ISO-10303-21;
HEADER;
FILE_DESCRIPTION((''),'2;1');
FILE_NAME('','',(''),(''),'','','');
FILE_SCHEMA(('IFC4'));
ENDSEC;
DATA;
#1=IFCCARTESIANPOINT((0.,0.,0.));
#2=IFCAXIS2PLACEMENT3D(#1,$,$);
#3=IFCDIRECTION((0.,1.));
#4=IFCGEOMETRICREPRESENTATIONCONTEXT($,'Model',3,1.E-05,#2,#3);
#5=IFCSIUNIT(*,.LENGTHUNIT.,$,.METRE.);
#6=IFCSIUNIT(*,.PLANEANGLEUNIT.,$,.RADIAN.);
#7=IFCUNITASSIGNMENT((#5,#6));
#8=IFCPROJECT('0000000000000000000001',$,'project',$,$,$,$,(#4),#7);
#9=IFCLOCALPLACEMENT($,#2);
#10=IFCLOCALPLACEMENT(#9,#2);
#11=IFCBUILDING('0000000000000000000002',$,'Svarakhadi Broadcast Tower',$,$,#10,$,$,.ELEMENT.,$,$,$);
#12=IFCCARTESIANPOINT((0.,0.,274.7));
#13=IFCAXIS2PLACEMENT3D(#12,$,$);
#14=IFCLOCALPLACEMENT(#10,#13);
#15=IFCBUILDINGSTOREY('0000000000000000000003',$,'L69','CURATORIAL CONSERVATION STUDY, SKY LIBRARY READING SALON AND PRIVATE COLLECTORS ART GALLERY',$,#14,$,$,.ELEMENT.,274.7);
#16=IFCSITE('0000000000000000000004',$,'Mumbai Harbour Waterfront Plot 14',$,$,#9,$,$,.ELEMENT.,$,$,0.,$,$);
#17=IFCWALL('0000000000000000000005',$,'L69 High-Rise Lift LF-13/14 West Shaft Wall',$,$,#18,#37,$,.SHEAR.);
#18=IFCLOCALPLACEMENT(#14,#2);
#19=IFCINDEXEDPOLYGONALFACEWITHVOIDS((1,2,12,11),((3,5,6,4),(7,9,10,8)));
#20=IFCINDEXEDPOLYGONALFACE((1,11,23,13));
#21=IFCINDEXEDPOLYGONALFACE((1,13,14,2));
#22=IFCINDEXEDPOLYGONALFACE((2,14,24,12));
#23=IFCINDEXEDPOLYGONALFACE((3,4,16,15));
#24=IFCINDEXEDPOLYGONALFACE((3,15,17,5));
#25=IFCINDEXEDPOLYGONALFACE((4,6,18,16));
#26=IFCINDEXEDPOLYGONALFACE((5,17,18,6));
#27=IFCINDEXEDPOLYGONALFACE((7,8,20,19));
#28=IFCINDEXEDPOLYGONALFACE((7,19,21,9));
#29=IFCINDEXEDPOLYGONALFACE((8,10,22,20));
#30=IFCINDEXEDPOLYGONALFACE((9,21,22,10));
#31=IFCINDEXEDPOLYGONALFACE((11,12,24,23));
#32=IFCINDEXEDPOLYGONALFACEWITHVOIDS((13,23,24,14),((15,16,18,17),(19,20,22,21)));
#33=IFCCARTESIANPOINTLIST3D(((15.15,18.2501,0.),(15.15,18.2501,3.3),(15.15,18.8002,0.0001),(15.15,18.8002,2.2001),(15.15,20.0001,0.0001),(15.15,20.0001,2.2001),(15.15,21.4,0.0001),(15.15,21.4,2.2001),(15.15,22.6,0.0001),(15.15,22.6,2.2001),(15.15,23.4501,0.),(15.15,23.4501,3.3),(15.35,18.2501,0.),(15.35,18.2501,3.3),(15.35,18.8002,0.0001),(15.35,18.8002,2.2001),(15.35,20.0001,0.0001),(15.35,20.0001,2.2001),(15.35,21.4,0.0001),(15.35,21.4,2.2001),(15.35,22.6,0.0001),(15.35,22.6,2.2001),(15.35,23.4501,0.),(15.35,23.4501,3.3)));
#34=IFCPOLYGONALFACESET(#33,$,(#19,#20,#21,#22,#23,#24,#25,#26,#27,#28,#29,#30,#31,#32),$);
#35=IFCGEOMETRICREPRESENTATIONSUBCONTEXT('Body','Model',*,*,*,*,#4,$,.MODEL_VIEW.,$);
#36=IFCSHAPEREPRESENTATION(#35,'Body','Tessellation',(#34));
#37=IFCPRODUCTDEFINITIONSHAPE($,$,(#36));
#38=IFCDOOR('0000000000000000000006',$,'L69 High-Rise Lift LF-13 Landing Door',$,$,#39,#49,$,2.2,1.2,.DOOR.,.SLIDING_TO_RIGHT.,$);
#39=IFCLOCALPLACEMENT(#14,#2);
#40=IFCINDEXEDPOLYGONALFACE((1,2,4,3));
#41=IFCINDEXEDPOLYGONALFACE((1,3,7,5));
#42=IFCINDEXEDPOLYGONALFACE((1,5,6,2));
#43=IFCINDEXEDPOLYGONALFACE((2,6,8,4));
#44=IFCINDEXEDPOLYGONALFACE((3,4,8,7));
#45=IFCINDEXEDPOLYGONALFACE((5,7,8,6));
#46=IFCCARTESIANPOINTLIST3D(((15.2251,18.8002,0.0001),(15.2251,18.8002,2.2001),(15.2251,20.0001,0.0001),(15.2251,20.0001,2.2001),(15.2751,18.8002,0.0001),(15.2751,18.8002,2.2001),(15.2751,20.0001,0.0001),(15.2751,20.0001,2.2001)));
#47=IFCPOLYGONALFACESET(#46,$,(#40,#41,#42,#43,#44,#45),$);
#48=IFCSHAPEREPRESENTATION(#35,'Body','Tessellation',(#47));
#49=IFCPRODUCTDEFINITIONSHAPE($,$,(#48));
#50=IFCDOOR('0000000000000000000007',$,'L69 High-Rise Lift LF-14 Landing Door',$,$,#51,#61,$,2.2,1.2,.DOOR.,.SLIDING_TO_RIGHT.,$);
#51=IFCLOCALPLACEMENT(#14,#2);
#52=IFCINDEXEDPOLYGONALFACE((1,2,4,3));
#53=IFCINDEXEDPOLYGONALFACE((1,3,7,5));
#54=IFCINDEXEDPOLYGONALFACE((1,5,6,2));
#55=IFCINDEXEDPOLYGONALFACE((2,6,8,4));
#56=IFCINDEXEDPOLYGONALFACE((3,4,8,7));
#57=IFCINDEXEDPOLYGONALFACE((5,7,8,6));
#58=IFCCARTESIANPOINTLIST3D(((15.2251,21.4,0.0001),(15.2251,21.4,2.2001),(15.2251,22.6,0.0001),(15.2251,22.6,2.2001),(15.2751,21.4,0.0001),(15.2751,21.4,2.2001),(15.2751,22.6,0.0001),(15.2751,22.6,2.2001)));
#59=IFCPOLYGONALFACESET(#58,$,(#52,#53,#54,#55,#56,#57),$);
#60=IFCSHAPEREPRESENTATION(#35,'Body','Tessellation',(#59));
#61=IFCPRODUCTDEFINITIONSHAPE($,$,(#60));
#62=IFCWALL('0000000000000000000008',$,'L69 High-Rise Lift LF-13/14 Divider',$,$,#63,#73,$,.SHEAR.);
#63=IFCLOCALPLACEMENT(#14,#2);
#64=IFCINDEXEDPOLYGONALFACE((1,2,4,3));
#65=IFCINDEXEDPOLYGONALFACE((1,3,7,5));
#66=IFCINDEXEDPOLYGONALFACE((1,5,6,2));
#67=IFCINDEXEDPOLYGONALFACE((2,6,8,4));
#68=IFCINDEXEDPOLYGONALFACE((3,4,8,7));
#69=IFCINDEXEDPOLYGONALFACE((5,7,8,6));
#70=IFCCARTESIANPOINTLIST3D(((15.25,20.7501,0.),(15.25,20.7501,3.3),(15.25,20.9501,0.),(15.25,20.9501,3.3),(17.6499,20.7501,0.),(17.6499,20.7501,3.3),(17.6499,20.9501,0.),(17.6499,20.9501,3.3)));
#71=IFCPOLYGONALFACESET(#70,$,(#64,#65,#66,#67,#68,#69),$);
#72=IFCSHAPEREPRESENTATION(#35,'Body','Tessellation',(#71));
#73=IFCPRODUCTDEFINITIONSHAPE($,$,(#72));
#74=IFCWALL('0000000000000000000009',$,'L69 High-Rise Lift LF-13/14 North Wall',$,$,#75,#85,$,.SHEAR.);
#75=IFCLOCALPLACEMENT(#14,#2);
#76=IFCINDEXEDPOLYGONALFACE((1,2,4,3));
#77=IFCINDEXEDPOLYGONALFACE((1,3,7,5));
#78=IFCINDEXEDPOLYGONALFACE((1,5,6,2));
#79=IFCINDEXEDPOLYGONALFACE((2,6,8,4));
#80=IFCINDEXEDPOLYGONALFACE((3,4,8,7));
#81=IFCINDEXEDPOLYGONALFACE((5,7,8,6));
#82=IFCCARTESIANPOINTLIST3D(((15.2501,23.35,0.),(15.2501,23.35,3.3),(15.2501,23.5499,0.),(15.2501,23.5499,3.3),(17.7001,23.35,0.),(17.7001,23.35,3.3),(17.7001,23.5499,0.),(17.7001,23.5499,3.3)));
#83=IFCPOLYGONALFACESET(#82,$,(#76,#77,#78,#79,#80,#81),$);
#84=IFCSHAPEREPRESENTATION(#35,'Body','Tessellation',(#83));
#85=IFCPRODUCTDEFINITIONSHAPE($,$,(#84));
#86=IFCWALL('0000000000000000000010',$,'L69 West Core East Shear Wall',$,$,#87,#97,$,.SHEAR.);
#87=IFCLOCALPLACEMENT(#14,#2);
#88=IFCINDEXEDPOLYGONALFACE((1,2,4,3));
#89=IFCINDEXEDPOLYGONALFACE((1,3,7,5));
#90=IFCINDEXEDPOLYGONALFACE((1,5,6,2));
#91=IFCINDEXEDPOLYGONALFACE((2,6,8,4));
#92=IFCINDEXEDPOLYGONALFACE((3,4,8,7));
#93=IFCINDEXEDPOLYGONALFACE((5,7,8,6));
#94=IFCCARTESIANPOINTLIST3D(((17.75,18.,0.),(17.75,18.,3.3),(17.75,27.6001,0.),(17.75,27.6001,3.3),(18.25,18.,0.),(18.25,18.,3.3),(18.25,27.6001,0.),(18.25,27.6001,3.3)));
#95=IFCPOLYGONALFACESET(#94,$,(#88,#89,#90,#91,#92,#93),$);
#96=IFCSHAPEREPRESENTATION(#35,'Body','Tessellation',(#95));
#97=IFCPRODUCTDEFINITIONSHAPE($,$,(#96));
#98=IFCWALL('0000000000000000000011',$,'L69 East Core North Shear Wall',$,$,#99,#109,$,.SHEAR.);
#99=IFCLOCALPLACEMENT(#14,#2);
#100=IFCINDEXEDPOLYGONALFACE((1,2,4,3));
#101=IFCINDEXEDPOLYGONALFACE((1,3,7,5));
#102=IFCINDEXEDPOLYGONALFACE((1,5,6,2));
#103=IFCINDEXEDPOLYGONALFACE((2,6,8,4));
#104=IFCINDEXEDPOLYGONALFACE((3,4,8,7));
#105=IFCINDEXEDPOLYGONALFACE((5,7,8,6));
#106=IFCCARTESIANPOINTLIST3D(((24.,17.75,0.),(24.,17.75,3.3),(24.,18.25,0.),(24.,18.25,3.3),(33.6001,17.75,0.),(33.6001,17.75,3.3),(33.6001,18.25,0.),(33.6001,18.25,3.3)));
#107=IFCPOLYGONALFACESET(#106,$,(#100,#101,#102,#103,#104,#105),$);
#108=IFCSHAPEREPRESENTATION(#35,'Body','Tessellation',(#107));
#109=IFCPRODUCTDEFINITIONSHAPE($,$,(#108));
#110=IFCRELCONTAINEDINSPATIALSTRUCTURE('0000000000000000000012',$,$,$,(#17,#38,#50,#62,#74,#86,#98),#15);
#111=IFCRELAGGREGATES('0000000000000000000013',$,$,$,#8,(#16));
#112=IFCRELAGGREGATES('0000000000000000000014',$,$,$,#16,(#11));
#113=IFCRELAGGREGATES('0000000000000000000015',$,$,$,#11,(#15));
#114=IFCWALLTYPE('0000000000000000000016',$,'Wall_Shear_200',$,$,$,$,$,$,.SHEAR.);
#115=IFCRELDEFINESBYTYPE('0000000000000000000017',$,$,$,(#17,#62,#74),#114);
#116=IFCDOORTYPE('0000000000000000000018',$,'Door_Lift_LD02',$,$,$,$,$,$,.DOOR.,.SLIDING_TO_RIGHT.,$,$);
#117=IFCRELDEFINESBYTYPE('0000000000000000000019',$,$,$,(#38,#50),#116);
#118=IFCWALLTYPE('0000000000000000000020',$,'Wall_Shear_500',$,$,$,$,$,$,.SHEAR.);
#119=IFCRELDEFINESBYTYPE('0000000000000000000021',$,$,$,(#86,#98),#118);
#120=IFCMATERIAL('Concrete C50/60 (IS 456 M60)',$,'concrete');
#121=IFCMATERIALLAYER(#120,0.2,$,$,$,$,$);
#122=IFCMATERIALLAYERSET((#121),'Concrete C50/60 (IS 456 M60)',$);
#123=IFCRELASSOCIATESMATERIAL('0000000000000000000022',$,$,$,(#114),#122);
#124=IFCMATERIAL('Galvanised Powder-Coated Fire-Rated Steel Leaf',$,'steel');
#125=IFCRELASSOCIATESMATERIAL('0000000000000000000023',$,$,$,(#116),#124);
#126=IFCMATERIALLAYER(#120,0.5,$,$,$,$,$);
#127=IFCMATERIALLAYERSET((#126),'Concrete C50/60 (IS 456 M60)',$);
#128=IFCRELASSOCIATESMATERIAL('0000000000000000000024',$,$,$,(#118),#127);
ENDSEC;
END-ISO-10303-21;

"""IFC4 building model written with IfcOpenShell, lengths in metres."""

from ifc_helpers import new_model, si_unit, direction, frame, frame_2d, origin, place, context, subcontext, project, spatial, rectangle, extrude, material, layer, layer_set, type_object, element, fill, save


model = new_model("IFC4")

# Units and contexts
model_context = context("Model", 3, precision=1e-05, world=origin(), true_north=direction((0.0, 1.0)))
body_context = subcontext(model_context, "Body", "Model", "MODEL_VIEW")
ifc_project = project(units=[si_unit("LENGTHUNIT", "METRE"), si_unit("PLANEANGLEUNIT", "RADIAN")], contexts=[model_context])

# Site, building, storey
site_placement = place(None, origin())
site = spatial("IfcSite", under=ifc_project, at=site_placement, Name="Mumbai Harbour Waterfront Plot 14", CompositionType="ELEMENT", RefElevation=0.0)
building_placement = place(site_placement, origin())
building = spatial("IfcBuilding", under=site, at=building_placement, Name="Svarakhadi Broadcast Tower", CompositionType="ELEMENT")
storey_placement = place(building_placement, frame((0.0, 0.0, 274.7)))
storey = spatial("IfcBuildingStorey", under=building, at=storey_placement, Name="L69", Description="CURATORIAL CONSERVATION STUDY, SKY LIBRARY READING SALON AND PRIVATE COLLECTORS ART GALLERY", CompositionType="ELEMENT", Elevation=274.7)

# Shared definitions
ifc_material_1 = material(Name="Concrete C50/60 (IS 456 M60)", Category="concrete")

# Shared definitions
ifc_layer_1 = layer(ifc_material_1, 0.2)
ifc_layer_set_1 = layer_set([ifc_layer_1], Name="Concrete C50/60 (IS 456 M60)")
wall_type_1 = type_object("IfcWallType", Name="Wall_Shear_200", PredefinedType="SHEAR", material=ifc_layer_set_1)

# Wall, openings, doors
wall_1_placement = place(storey_placement, frame((15.25, 18.25, 0.0), z_axis=(0.0, 0.0, 1.0), x_axis=(0.0, 1.0, 0.0)))
wall_1 = element("IfcWall", 1, at=wall_1_placement, inside=storey, type_object=wall_type_1, Name="L69 High-Rise Lift LF-13/14 West Shaft Wall", PredefinedType="SHEAR", context=body_context, shape_type="SweptSolid", body=[
    extrude(rectangle(XDim=5.2, YDim=0.2, at=frame_2d((2.6001, 0.0))), origin(), (0.0, 0.0, 1.0), 3.3),
])
opening_1_placement = place(wall_1_placement, frame((0.55, 0.0, 0.0)))
opening_1 = element("IfcOpeningElement", 2, at=opening_1_placement, cuts=wall_1, PredefinedType="OPENING", context=body_context, shape_type="SweptSolid", body=[
    extrude(rectangle(XDim=1.2, YDim=2.2, at=frame_2d((0.6001, 1.1001))), frame((0.0, 0.1099, 0.0), z_axis=(0.0, -1.0, 0.0), x_axis=(1.0, 0.0, 0.0)), (0.0, 0.0, 1.0), 0.22),
])
opening_2_placement = place(wall_1_placement, frame((3.1499, 0.0, 0.0)))
opening_2 = element("IfcOpeningElement", 3, at=opening_2_placement, cuts=wall_1, PredefinedType="OPENING", context=body_context, shape_type="SweptSolid", body=[
    extrude(rectangle(XDim=1.2, YDim=2.2, at=frame_2d((0.6001, 1.1001))), frame((0.0, 0.1099, 0.0), z_axis=(0.0, -1.0, 0.0), x_axis=(1.0, 0.0, 0.0)), (0.0, 0.0, 1.0), 0.22),
])
ifc_material_2 = material(Name="Galvanised Powder-Coated Fire-Rated Steel Leaf", Category="steel")
door_type_1 = type_object("IfcDoorType", Name="Door_Lift_LD02", OperationType="SLIDING_TO_RIGHT", PredefinedType="DOOR", material=ifc_material_2)
door_1_placement = place(opening_1_placement, origin())
door_1 = element("IfcDoor", 4, at=door_1_placement, inside=storey, type_object=door_type_1, Name="L69 High-Rise Lift LF-13 Landing Door", OperationType="SLIDING_TO_RIGHT", OverallHeight=2.2, OverallWidth=1.2, PredefinedType="DOOR", context=body_context, shape_type="SweptSolid", body=[
    extrude(rectangle(XDim=1.2, YDim=2.2, at=frame_2d((0.6001, 1.1001))), frame((0.0, 0.0249, 0.0), z_axis=(0.0, -1.0, 0.0), x_axis=(1.0, 0.0, 0.0)), (0.0, 0.0, 1.0), 0.05),
])
fill(opening_1, door_1)
door_2_placement = place(opening_2_placement, origin())
door_2 = element("IfcDoor", 5, at=door_2_placement, inside=storey, type_object=door_type_1, Name="L69 High-Rise Lift LF-14 Landing Door", OperationType="SLIDING_TO_RIGHT", OverallHeight=2.2, OverallWidth=1.2, PredefinedType="DOOR", context=body_context, shape_type="SweptSolid", body=[
    extrude(rectangle(XDim=1.2, YDim=2.2, at=frame_2d((0.6001, 1.1001))), frame((0.0, 0.0249, 0.0), z_axis=(0.0, -1.0, 0.0), x_axis=(1.0, 0.0, 0.0)), (0.0, 0.0, 1.0), 0.05),
])
fill(opening_2, door_2)

# Walls
wall_2_placement = place(storey_placement, frame((15.25, 20.8501, 0.0), z_axis=(0.0, 0.0, 1.0), x_axis=(1.0, 0.0, 0.0)))
element("IfcWall", 6, at=wall_2_placement, inside=storey, type_object=wall_type_1, Name="L69 High-Rise Lift LF-13/14 Divider", PredefinedType="SHEAR", context=body_context, shape_type="SweptSolid", body=[
    extrude(rectangle(XDim=2.3999, YDim=0.2, at=frame_2d((1.2, 0.0))), origin(), (0.0, 0.0, 1.0), 3.3),
])
wall_3_placement = place(storey_placement, frame((15.25, 23.45, 0.0), z_axis=(0.0, 0.0, 1.0), x_axis=(1.0, 0.0, 0.0)))
element("IfcWall", 7, at=wall_3_placement, inside=storey, type_object=wall_type_1, Name="L69 High-Rise Lift LF-13/14 North Wall", PredefinedType="SHEAR", context=body_context, shape_type="SweptSolid", body=[
    extrude(rectangle(XDim=2.45, YDim=0.2, at=frame_2d((1.2251, 0.0))), origin(), (0.0, 0.0, 1.0), 3.3),
])
ifc_layer_2 = layer(ifc_material_1, 0.5)
ifc_layer_set_2 = layer_set([ifc_layer_2], Name="Concrete C50/60 (IS 456 M60)")
wall_type_2 = type_object("IfcWallType", Name="Wall_Shear_500", PredefinedType="SHEAR", material=ifc_layer_set_2)
for number, where, z_axis, x_axis, name in (
    (8, (18.0, 18.0, 0.0), (0.0, 0.0, 1.0), (0.0, 1.0, 0.0), "L69 West Core East Shear Wall"),
    (9, (24.0, 18.0, 0.0), (0.0, 0.0, 1.0), (1.0, 0.0, 0.0), "L69 East Core North Shear Wall"),
):
    element("IfcWall", number, at=place(storey_placement, frame(where, z_axis=z_axis, x_axis=x_axis)), inside=storey, type_object=wall_type_2, Name=name, PredefinedType="SHEAR", context=body_context, shape_type="SweptSolid", body=[
        extrude(rectangle(XDim=9.6001, YDim=0.5, at=frame_2d((4.8, 0.0))), origin(), (0.0, 0.0, 1.0), 3.3),
    ])

save(model, "model.ifc")
